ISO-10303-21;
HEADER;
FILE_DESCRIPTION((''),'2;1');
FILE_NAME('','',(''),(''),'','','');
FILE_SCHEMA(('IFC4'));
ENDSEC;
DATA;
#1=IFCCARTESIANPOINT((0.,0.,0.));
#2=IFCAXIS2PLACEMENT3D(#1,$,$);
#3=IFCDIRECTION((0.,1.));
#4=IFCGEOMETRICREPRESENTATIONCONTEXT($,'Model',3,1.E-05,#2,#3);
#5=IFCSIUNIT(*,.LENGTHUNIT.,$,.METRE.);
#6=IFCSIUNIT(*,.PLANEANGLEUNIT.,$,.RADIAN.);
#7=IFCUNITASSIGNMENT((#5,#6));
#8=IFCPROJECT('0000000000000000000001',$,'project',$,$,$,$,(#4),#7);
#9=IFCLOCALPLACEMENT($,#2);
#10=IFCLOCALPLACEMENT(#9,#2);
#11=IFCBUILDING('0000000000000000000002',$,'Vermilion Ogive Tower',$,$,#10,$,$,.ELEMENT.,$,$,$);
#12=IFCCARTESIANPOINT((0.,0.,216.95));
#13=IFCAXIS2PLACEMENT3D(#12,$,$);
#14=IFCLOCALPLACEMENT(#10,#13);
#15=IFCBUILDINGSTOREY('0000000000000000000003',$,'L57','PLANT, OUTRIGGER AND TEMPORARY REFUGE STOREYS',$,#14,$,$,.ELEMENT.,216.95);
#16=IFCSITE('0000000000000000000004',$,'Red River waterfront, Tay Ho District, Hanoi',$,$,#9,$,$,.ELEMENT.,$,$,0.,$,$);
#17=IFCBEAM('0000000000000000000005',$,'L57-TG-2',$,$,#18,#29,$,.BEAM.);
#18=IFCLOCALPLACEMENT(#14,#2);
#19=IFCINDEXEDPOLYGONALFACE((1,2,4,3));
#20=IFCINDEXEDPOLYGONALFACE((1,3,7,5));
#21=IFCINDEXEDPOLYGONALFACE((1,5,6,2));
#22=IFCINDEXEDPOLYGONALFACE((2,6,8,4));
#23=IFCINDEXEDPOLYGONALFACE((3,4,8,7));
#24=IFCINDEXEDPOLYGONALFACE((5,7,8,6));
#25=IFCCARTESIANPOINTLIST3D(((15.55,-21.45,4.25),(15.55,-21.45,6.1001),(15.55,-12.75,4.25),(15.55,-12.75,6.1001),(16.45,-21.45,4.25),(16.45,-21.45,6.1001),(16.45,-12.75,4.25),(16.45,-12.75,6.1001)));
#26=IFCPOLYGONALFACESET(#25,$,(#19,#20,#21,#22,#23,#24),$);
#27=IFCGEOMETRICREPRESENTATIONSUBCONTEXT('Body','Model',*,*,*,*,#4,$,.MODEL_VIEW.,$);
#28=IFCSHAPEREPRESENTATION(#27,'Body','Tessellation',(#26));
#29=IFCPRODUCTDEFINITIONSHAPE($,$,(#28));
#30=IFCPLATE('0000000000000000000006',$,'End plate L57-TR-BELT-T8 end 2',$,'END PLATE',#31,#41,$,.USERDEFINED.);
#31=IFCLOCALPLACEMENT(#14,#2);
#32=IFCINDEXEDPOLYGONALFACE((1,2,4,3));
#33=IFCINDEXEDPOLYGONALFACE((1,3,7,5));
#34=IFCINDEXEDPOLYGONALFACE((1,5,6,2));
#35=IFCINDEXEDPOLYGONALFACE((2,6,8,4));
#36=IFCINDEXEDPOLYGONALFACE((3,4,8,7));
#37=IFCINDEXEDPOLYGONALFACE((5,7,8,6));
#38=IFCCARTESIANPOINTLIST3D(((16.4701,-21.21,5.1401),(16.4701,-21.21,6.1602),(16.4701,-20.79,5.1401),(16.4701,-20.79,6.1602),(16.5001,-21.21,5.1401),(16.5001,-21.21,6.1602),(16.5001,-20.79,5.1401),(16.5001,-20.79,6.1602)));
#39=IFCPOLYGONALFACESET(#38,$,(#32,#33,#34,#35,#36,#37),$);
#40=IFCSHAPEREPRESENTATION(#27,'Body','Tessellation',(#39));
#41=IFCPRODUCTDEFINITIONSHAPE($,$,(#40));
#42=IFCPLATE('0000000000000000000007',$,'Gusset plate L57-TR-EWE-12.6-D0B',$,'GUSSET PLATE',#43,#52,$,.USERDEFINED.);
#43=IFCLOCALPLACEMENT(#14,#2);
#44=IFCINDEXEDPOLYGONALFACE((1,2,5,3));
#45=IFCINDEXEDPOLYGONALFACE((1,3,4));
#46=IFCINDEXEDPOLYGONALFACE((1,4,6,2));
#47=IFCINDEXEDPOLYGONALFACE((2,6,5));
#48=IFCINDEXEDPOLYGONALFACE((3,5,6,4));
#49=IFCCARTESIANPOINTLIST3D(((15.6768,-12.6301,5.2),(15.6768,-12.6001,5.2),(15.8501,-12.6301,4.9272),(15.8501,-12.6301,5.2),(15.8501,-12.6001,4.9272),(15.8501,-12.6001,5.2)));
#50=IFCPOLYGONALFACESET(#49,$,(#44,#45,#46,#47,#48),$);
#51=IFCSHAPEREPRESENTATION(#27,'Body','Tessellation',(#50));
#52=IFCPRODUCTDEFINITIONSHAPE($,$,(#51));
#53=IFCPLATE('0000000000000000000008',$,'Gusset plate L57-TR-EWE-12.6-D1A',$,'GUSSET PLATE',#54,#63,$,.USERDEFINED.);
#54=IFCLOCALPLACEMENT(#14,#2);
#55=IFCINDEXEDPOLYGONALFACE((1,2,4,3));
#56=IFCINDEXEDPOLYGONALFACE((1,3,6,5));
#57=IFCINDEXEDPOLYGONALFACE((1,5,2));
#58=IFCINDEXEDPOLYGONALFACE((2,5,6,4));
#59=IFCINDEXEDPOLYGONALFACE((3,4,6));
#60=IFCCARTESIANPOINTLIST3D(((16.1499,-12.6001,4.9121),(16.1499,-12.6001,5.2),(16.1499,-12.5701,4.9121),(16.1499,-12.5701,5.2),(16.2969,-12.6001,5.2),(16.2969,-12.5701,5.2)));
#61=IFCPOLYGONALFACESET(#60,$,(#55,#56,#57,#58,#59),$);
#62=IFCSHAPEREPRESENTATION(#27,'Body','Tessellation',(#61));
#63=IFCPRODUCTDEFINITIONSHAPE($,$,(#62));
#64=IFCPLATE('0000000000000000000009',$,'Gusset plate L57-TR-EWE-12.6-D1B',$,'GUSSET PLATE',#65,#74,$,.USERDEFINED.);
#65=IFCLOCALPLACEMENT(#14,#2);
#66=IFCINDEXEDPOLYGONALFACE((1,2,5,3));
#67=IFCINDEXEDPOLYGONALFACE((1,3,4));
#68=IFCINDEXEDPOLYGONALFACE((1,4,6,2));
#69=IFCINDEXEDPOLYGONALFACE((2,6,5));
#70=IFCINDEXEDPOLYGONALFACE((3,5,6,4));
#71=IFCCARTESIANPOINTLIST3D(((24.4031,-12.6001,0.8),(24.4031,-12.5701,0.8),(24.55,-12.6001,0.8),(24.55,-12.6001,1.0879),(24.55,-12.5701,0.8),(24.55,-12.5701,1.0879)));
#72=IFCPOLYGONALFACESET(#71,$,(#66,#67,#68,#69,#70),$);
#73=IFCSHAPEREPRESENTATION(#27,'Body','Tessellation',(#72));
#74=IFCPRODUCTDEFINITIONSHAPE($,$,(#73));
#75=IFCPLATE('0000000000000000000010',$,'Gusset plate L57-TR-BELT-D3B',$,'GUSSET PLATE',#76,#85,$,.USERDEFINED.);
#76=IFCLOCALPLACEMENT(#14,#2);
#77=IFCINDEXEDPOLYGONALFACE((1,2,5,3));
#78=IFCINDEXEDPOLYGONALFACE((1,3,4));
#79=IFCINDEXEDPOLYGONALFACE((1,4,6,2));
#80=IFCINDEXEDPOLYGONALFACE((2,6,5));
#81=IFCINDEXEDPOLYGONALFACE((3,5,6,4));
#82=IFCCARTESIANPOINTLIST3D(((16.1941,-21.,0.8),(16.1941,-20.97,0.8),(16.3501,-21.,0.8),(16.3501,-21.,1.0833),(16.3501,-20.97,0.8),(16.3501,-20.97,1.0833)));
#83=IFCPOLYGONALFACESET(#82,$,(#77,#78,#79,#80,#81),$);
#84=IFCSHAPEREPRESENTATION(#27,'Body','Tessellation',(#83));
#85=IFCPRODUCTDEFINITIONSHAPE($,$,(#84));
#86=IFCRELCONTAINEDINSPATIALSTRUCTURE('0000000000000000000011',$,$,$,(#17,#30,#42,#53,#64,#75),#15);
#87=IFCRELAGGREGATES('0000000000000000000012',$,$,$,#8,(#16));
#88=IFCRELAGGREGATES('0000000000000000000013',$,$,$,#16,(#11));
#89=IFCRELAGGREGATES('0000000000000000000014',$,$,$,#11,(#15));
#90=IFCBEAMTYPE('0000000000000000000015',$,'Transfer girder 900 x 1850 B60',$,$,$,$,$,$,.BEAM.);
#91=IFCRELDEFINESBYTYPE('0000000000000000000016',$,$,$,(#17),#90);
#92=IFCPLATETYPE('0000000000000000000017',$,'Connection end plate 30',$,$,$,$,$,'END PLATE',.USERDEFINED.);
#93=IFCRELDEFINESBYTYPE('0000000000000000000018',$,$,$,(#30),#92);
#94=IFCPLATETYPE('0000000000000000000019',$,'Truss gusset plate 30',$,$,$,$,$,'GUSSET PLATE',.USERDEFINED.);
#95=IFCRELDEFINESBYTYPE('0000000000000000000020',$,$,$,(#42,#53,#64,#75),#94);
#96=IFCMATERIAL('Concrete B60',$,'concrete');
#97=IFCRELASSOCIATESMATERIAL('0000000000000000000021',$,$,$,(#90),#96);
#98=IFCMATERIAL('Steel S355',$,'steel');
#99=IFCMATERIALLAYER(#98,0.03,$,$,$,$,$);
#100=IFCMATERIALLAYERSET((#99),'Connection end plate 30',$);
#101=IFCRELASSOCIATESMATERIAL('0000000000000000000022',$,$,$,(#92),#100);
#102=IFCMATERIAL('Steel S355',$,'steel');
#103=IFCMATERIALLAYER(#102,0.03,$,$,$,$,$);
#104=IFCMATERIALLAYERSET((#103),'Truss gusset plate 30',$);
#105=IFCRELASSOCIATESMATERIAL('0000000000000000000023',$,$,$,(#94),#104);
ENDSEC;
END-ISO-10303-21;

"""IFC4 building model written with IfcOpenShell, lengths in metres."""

from ifc_helpers import new_model, si_unit, direction, frame, origin, origin_2d, place, context, subcontext, project, spatial, polyline, rectangle, outline, extrude, material, layer, layer_set, material_profile, profile_set, type_object, element, save


model = new_model("IFC4")

# Units and contexts
model_context = context("Model", 3, precision=1e-05, world=origin(), true_north=direction((0.0, 1.0)))
body_context = subcontext(model_context, "Body", "Model", "MODEL_VIEW")
ifc_project = project(units=[si_unit("LENGTHUNIT", "METRE"), si_unit("PLANEANGLEUNIT", "RADIAN")], contexts=[model_context])

# Site, building, storey
site_placement = place(None, origin())
site = spatial("IfcSite", under=ifc_project, at=site_placement, Name="Red River waterfront, Tay Ho District, Hanoi", CompositionType="ELEMENT", RefElevation=0.0)
building_placement = place(site_placement, origin())
building = spatial("IfcBuilding", under=site, at=building_placement, Name="Vermilion Ogive Tower", CompositionType="ELEMENT")
storey_placement = place(building_placement, frame((0.0, 0.0, 216.95)))
storey = spatial("IfcBuildingStorey", under=building, at=storey_placement, Name="L57", Description="PLANT, OUTRIGGER AND TEMPORARY REFUGE STOREYS", CompositionType="ELEMENT", Elevation=216.95)

# Beam
ifc_material_1 = material(Name="Concrete B60", Category="concrete")
ifc_material_profile_1 = material_profile(ifc_material_1, rectangle(XDim=0.8999, YDim=1.8501, at=origin_2d()), Name="900 x 1850")
ifc_profile_set_1 = profile_set([ifc_material_profile_1], Name="Concrete B60")
beam_type = type_object("IfcBeamType", Name="Transfer girder 900 x 1850 B60", PredefinedType="BEAM", material=ifc_profile_set_1)
beam_placement = place(storey_placement, frame((16.0, -21.45, 5.175), z_axis=(0.0, 1.0, 0.0), x_axis=(-1.0, 0.0, 0.0)))
element("IfcBeam", 1, at=beam_placement, inside=storey, type_object=beam_type, Name="L57-TG-2", PredefinedType="BEAM", context=body_context, shape_type="SweptSolid", body=[
    extrude(rectangle(XDim=0.8999, YDim=1.8501, at=origin_2d()), origin(), (0.0, 0.0, 1.0), 8.7),
])

# Plates
ifc_material_2 = material(Name="Steel S355", Category="steel")
ifc_layer_1 = layer(ifc_material_2, 0.03)
ifc_layer_set_1 = layer_set([ifc_layer_1], Name="Connection end plate 30")
plate_type_1 = type_object("IfcPlateType", Name="Connection end plate 30", ElementType="END PLATE", PredefinedType="USERDEFINED", material=ifc_layer_set_1)
plate_1_placement = place(storey_placement, frame((16.4851, -21.0, 5.1401), z_axis=(0.0, 0.0, 1.0), x_axis=(1.0, 0.0, 0.0)))
element("IfcPlate", 2, at=plate_1_placement, inside=storey, type_object=plate_type_1, Name="End plate L57-TR-BELT-T8 end 2", ObjectType="END PLATE", PredefinedType="USERDEFINED", context=body_context, shape_type="SweptSolid", body=[
    extrude(rectangle(XDim=0.03, YDim=0.4199, at=origin_2d()), origin(), (0.0, 0.0, 1.0), 1.02),
])
ifc_material_3 = material(Name="Steel S355", Category="steel")
ifc_layer_2 = layer(ifc_material_3, 0.03)
ifc_layer_set_2 = layer_set([ifc_layer_2], Name="Truss gusset plate 30")
plate_type_2 = type_object("IfcPlateType", Name="Truss gusset plate 30", ElementType="GUSSET PLATE", PredefinedType="USERDEFINED", material=ifc_layer_set_2)
plate_2_placement = place(storey_placement, frame((15.8501, -12.6001, 4.9272), z_axis=(0.0, 1.0, 0.0), x_axis=(-0.536435, 0.0, 0.843941)))
element("IfcPlate", 3, at=plate_2_placement, inside=storey, type_object=plate_type_2, Name="Gusset plate L57-TR-EWE-12.6-D0B", ObjectType="GUSSET PLATE", PredefinedType="USERDEFINED", context=body_context, shape_type="SweptSolid", body=[
    extrude(outline(polyline([(0.0, 0.0), (0.3231, 0.0), (0.2301, 0.1463), (0.0, 0.0)])), origin(), (0.0, 0.0, -1.0), 0.03),
])
for number, where, z_axis, x_axis, name in (
    (4, (16.1499, -12.6001, 4.9121), (0.0, -1.0, 0.0), (0.454752, 0.0, 0.890618), "Gusset plate L57-TR-EWE-12.6-D1A"),
    (5, (24.55, -12.6001, 1.0879), (0.0, -1.0, 0.0), (-0.454752, 0.0, -0.890618), "Gusset plate L57-TR-EWE-12.6-D1B"),
):
    element("IfcPlate", number, at=place(storey_placement, frame(where, z_axis=z_axis, x_axis=x_axis)), inside=storey, type_object=plate_type_2, Name=name, ObjectType="GUSSET PLATE", PredefinedType="USERDEFINED", context=body_context, shape_type="SweptSolid", body=[
        extrude(outline(polyline([(0.0, 0.0), (0.3232, 0.0), (0.2564, 0.1309), (0.0, 0.0)])), origin(), (0.0, 0.0, -1.0), 0.03),
    ])
plate_3_placement = place(storey_placement, frame((16.3501, -21.0, 1.0833), z_axis=(0.0, -1.0, 0.0), x_axis=(-0.482498, 0.0, -0.875897)))
element("IfcPlate", 6, at=plate_3_placement, inside=storey, type_object=plate_type_2, Name="Gusset plate L57-TR-BELT-D3B", ObjectType="GUSSET PLATE", PredefinedType="USERDEFINED", context=body_context, shape_type="SweptSolid", body=[
    extrude(outline(polyline([(0.0, 0.0), (0.3233, 0.0), (0.2481, 0.1366), (0.0, 0.0)])), origin(), (0.0, 0.0, -1.0), 0.03),
])

save(model, "model.ifc")
